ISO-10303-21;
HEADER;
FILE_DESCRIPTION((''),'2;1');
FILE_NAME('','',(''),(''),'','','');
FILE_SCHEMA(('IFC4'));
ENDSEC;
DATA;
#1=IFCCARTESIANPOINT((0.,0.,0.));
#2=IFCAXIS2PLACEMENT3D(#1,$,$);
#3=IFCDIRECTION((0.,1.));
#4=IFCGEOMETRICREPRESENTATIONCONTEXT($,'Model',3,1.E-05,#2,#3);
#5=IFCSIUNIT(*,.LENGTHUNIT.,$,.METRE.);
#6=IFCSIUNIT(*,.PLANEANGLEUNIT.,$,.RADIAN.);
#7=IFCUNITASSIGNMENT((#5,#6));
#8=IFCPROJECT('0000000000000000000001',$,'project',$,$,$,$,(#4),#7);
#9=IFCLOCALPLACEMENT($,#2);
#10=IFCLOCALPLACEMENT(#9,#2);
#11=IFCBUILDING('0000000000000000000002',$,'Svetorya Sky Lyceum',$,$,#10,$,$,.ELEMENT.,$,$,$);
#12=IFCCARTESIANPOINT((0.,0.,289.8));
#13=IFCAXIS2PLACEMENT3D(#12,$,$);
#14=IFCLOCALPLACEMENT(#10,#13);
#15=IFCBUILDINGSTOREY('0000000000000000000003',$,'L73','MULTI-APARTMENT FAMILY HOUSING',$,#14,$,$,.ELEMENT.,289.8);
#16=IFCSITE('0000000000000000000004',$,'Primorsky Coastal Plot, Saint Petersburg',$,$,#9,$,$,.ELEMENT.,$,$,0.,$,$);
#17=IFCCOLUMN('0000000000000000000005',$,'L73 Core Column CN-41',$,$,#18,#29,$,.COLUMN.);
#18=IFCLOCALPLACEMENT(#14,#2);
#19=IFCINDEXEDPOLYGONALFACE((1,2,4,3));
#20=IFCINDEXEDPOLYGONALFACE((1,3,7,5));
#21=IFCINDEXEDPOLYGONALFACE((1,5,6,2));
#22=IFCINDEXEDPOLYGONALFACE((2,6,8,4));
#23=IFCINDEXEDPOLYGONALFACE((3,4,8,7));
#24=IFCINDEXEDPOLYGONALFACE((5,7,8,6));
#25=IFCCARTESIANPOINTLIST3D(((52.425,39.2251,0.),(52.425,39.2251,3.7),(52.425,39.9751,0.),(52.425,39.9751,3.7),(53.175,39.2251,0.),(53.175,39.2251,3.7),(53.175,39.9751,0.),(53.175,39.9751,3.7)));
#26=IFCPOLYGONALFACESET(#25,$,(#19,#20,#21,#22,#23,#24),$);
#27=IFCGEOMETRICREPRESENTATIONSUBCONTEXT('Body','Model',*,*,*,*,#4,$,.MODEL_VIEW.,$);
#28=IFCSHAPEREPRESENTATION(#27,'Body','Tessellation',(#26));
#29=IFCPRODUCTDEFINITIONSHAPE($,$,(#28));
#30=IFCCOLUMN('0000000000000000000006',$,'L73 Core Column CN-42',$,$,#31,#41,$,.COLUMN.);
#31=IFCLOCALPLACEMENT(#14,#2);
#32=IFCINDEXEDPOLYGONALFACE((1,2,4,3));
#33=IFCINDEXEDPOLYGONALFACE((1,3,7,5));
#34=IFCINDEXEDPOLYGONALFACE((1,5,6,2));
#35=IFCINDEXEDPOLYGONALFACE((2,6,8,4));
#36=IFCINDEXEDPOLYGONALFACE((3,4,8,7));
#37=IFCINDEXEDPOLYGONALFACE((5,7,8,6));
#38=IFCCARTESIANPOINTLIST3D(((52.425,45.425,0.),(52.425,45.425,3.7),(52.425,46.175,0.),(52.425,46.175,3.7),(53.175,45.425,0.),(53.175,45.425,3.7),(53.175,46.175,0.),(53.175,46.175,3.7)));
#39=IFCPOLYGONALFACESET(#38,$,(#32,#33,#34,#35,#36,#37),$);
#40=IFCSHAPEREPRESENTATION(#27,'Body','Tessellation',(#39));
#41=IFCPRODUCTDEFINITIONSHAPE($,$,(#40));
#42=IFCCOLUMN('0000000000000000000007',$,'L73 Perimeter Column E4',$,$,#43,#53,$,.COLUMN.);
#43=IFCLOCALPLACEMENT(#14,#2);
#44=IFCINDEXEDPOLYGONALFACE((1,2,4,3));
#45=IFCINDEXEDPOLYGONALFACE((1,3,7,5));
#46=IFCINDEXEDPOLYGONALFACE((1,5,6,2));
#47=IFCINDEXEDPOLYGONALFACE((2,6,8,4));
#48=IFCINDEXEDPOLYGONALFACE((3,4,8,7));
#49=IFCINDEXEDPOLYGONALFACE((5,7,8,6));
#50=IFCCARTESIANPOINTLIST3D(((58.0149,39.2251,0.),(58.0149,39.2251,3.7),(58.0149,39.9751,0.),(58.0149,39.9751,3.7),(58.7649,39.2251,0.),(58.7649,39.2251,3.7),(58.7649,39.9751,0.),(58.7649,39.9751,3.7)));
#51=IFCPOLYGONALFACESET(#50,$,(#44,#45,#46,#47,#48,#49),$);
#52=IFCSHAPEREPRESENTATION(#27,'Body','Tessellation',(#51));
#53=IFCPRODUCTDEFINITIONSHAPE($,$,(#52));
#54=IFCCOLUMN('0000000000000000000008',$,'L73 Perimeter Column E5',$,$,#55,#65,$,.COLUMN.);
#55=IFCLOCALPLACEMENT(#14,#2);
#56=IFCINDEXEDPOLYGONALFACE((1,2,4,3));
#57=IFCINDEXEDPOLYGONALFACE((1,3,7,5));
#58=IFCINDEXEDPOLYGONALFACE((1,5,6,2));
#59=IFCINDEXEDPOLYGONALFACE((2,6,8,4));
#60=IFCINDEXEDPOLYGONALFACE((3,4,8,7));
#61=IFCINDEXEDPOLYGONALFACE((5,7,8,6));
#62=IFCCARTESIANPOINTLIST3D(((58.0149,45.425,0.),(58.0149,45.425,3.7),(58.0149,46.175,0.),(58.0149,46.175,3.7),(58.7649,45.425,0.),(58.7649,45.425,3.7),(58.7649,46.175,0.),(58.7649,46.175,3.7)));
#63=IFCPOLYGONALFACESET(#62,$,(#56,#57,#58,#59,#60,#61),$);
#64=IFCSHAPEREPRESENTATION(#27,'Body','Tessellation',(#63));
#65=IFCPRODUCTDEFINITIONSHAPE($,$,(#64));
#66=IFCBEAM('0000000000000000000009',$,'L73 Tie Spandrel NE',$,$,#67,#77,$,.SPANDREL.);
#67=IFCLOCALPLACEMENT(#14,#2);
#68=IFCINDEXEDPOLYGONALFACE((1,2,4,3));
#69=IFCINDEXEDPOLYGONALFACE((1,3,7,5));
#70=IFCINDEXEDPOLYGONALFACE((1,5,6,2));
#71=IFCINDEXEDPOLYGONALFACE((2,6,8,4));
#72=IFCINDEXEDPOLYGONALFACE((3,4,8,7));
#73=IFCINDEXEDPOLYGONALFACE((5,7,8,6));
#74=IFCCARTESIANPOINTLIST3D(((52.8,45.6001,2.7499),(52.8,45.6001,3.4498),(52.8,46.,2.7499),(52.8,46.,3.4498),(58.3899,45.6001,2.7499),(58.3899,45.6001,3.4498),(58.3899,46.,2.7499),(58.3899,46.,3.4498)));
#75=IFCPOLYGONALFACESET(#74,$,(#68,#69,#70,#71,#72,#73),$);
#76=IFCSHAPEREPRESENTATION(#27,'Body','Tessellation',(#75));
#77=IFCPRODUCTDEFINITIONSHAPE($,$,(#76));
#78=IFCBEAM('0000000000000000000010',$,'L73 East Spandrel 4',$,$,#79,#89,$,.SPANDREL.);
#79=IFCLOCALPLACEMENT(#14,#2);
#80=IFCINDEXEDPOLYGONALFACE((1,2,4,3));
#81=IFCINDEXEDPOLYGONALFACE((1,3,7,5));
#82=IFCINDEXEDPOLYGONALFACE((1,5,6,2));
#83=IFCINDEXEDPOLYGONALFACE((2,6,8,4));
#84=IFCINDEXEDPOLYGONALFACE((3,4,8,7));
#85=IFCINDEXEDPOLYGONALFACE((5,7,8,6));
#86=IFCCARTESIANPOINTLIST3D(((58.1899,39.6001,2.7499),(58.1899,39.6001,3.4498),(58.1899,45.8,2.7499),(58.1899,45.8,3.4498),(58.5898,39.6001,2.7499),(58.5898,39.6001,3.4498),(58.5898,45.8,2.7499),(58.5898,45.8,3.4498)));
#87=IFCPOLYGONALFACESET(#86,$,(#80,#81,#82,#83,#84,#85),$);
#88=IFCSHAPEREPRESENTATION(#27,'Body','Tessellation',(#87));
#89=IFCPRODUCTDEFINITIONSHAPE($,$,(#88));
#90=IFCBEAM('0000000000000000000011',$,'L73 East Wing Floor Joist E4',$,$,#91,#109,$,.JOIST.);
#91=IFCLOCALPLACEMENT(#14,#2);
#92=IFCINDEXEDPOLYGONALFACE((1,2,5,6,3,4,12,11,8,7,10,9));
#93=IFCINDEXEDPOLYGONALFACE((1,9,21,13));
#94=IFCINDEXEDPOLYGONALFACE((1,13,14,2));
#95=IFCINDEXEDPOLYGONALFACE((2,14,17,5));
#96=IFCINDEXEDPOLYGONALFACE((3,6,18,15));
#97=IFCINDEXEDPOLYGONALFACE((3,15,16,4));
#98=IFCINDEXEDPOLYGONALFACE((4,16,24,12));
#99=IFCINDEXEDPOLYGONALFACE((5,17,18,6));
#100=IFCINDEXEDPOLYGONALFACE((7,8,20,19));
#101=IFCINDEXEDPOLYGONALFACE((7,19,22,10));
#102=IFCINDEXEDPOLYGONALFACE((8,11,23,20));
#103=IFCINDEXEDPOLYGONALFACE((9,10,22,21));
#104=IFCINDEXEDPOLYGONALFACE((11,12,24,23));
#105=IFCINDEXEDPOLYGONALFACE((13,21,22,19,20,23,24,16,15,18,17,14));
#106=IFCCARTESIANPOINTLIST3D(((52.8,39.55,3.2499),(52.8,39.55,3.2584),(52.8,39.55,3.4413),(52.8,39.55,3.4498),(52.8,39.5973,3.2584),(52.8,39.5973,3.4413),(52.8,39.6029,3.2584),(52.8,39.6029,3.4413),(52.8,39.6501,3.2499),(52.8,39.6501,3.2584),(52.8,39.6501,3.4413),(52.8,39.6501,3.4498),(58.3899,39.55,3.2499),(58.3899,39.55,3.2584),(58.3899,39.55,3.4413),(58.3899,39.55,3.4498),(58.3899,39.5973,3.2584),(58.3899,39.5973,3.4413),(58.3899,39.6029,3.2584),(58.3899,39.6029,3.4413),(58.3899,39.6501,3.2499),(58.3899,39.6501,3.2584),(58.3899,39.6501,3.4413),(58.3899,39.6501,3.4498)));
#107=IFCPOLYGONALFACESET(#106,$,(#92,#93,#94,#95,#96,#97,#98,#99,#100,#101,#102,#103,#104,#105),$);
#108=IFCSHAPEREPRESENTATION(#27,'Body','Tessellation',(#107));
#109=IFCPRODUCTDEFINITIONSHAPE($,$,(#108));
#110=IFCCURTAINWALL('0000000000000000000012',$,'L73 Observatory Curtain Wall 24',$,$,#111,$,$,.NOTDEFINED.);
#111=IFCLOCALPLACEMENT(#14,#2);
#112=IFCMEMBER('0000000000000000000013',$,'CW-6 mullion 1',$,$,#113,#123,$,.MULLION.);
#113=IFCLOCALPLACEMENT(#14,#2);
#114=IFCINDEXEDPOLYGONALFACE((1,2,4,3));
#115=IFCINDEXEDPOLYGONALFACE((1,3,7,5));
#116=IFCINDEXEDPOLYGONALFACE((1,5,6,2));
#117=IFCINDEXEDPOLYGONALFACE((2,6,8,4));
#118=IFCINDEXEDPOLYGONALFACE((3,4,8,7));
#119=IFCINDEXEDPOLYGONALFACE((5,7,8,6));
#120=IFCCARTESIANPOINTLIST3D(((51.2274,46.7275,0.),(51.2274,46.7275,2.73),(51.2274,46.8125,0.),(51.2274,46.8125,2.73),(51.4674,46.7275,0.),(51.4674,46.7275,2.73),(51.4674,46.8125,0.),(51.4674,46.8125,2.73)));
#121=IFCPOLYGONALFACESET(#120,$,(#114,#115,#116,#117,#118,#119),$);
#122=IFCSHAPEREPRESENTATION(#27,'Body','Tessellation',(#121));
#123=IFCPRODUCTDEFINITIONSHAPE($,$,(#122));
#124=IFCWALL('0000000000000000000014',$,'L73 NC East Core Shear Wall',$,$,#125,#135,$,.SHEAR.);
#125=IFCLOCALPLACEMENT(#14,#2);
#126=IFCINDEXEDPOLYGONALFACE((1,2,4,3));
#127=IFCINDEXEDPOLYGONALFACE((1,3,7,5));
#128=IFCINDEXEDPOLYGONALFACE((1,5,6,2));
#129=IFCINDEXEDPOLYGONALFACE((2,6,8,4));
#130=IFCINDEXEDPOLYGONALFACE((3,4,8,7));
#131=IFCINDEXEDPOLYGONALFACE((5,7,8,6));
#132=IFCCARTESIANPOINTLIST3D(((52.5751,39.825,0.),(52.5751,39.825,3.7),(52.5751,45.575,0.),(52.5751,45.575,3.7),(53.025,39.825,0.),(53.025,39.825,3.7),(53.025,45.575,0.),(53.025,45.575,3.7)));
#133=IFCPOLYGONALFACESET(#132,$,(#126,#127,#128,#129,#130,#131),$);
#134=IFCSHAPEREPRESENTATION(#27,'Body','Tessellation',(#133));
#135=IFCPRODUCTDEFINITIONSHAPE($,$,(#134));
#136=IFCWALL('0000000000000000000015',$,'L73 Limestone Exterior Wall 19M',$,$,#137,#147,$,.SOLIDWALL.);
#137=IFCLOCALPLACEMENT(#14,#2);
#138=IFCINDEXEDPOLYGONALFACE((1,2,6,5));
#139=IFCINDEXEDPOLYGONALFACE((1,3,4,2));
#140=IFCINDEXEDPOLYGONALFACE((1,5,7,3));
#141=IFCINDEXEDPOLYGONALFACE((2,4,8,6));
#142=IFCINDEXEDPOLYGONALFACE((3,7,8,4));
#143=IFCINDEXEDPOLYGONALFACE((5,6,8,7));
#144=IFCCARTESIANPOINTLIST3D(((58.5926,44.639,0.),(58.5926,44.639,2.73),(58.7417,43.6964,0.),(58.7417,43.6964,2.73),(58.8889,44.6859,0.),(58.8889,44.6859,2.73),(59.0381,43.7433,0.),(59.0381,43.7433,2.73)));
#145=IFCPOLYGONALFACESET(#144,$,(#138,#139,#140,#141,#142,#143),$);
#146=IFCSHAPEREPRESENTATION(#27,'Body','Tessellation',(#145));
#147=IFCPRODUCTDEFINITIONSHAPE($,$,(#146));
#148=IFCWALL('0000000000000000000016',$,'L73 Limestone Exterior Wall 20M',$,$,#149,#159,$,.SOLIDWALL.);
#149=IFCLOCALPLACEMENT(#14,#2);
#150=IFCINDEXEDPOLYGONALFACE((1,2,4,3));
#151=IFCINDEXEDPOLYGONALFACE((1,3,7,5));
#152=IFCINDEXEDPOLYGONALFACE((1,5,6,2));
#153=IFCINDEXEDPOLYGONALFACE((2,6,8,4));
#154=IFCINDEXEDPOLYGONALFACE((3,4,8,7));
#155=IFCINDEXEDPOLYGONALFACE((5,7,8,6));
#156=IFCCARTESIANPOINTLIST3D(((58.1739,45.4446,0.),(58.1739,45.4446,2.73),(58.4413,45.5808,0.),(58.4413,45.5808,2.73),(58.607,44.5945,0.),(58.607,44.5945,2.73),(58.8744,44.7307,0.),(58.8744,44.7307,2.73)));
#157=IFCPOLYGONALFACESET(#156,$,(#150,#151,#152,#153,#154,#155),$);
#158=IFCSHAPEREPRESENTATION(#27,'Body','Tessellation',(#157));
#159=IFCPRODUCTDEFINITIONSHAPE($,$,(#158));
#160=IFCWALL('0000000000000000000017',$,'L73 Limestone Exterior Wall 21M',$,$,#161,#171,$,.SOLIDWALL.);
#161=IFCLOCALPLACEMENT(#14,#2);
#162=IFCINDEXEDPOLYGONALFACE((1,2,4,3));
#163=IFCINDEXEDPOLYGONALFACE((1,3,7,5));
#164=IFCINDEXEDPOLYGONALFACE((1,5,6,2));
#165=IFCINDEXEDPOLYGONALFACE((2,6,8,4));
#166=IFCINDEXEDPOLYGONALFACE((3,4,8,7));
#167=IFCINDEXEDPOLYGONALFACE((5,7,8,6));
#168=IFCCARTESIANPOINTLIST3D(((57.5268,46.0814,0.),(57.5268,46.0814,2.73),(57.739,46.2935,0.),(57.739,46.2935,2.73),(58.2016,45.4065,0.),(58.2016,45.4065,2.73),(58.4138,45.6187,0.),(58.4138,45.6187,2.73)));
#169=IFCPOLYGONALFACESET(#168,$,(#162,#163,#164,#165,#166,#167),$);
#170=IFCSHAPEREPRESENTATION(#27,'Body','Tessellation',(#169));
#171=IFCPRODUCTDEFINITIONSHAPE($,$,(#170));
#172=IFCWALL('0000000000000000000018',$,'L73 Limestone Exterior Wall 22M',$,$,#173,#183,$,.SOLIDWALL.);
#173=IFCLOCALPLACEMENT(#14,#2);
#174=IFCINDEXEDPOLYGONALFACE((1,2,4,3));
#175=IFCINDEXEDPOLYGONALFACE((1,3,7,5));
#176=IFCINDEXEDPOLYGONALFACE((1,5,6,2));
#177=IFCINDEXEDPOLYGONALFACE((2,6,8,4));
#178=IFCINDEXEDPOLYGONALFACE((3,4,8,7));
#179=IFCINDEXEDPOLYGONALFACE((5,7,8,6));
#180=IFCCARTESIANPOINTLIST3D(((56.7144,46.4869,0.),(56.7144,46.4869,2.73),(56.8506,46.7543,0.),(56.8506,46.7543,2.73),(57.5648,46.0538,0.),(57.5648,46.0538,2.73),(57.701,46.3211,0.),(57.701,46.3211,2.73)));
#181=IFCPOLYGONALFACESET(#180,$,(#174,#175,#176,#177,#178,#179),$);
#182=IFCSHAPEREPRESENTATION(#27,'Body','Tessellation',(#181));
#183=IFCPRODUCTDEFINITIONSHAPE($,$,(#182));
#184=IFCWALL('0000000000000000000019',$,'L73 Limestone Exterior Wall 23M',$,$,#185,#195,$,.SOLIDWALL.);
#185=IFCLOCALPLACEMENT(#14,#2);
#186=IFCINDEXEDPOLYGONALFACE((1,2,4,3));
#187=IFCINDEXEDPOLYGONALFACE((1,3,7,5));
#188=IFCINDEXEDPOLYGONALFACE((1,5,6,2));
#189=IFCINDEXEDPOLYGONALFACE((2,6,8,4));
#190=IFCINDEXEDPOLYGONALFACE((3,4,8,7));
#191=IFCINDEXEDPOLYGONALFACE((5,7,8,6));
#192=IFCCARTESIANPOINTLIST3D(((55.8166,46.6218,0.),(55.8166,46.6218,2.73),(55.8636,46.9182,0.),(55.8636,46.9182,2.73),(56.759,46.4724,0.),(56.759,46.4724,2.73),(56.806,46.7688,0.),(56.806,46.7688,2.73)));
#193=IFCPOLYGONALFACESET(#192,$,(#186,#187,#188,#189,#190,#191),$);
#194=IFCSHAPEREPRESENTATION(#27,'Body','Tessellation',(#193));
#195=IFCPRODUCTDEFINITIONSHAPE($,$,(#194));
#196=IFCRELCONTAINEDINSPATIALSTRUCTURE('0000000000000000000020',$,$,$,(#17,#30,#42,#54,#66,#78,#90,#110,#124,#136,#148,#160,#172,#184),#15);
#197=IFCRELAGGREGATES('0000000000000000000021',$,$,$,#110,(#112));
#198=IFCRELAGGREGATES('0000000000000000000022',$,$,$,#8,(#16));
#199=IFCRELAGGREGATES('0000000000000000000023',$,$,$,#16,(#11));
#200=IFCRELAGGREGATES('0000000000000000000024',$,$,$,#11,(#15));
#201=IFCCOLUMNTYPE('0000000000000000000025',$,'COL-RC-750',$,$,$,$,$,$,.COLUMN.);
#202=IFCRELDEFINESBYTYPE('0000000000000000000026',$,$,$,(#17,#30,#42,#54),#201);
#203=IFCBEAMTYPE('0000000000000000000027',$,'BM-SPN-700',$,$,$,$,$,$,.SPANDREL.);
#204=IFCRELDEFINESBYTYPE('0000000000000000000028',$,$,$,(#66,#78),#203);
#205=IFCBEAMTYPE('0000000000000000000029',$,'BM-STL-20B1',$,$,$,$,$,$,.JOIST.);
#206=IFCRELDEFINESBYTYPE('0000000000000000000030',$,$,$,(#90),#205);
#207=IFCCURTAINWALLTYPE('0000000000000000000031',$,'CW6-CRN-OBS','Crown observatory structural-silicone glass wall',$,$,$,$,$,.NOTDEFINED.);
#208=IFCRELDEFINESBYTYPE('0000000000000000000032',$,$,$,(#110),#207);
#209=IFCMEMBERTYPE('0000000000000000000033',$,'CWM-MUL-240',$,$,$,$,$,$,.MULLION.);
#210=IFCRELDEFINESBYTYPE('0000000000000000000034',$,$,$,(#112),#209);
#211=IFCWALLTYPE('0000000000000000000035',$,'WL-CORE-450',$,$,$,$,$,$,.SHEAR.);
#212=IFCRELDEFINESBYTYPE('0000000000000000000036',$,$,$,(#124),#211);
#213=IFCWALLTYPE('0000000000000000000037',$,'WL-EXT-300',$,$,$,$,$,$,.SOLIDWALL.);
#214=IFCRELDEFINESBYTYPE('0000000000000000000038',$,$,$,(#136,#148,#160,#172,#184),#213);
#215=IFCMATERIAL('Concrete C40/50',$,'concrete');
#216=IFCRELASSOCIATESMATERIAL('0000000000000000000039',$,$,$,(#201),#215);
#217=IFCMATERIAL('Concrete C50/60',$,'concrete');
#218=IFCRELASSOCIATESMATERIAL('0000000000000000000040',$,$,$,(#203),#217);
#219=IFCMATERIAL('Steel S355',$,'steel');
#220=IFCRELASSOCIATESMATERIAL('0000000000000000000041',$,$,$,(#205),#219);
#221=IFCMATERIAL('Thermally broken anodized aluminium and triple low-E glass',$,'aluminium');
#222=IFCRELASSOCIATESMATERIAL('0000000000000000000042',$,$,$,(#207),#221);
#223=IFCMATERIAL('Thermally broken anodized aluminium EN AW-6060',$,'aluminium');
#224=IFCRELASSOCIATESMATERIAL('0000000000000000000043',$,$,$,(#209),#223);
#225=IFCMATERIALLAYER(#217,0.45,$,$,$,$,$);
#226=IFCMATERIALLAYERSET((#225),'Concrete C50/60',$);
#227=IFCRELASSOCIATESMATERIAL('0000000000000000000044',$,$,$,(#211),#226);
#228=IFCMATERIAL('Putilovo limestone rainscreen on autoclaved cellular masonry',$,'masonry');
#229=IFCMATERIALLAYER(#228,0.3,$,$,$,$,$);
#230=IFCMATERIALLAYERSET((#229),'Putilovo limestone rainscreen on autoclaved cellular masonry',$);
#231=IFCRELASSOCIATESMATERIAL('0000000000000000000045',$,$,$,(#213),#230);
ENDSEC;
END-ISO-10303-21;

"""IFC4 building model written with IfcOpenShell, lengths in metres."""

from ifc_helpers import new_model, si_unit, direction, frame, frame_2d, origin, origin_2d, place, context, subcontext, project, spatial, rectangle, i_section, extrude, material, layer, layer_set, material_profile, profile_set, type_object, element, aggregate, save


model = new_model("IFC4")

# Units and contexts
model_context = context("Model", 3, precision=1e-05, world=origin(), true_north=direction((0.0, 1.0)))
body_context = subcontext(model_context, "Body", "Model", "MODEL_VIEW")
ifc_project = project(units=[si_unit("LENGTHUNIT", "METRE"), si_unit("PLANEANGLEUNIT", "RADIAN")], contexts=[model_context])

# Site, building, storey
site_placement = place(None, origin())
site = spatial("IfcSite", under=ifc_project, at=site_placement, Name="Primorsky Coastal Plot, Saint Petersburg", CompositionType="ELEMENT", RefElevation=0.0)
building_placement = place(site_placement, origin())
building = spatial("IfcBuilding", under=site, at=building_placement, Name="Svetorya Sky Lyceum", CompositionType="ELEMENT")
storey_placement = place(building_placement, frame((0.0, 0.0, 289.8)))
storey = spatial("IfcBuildingStorey", under=building, at=storey_placement, Name="L73", Description="MULTI-APARTMENT FAMILY HOUSING", CompositionType="ELEMENT", Elevation=289.8)

# Columns
ifc_material_1 = material(Name="Concrete C40/50", Category="concrete")
ifc_material_profile_1 = material_profile(ifc_material_1, rectangle(XDim=0.75, YDim=0.75, at=origin_2d()), Name="RC COL 750x750")
ifc_profile_set_1 = profile_set([ifc_material_profile_1], Name="Concrete C40/50")
column_type = type_object("IfcColumnType", Name="COL-RC-750", PredefinedType="COLUMN", material=ifc_profile_set_1)
for number, where, z_axis, x_axis, name in (
    (1, (52.8, 39.6001, 0.0), (0.0, 0.0, 1.0), (1.0, 0.0, 0.0), "L73 Core Column CN-41"),
    (2, (52.8, 45.8, 0.0), (0.0, 0.0, 1.0), (1.0, 0.0, 0.0), "L73 Core Column CN-42"),
    (3, (58.3899, 39.6001, 0.0), (0.0, 0.0, 1.0), (1.0, 0.0, 0.0), "L73 Perimeter Column E4"),
    (4, (58.3899, 45.8, 0.0), (0.0, 0.0, 1.0), (1.0, 0.0, 0.0), "L73 Perimeter Column E5"),
):
    element("IfcColumn", number, at=place(storey_placement, frame(where, z_axis=z_axis, x_axis=x_axis)), inside=storey, type_object=column_type, Name=name, PredefinedType="COLUMN", context=body_context, shape_type="SweptSolid", body=[
        extrude(rectangle(XDim=0.75, YDim=0.75, at=origin_2d()), origin(), (0.0, 0.0, 1.0), 3.7),
    ])

# Beams
ifc_material_2 = material(Name="Concrete C50/60", Category="concrete")
ifc_material_profile_2 = material_profile(ifc_material_2, rectangle(XDim=0.3999, YDim=0.7, at=origin_2d()), Name="RC SPANDREL 400x700")
ifc_profile_set_2 = profile_set([ifc_material_profile_2], Name="Concrete C50/60")
beam_type_1 = type_object("IfcBeamType", Name="BM-SPN-700", PredefinedType="SPANDREL", material=ifc_profile_set_2)
beam_1_placement = place(storey_placement, frame((52.8, 45.8, 3.0999), z_axis=(1.0, 0.0, 0.0), x_axis=(0.0, 1.0, 0.0)))
element("IfcBeam", 5, at=beam_1_placement, inside=storey, type_object=beam_type_1, Name="L73 Tie Spandrel NE", PredefinedType="SPANDREL", context=body_context, shape_type="SweptSolid", body=[
    extrude(rectangle(XDim=0.3999, YDim=0.7, at=origin_2d()), origin(), (0.0, 0.0, 1.0), 5.5898),
])
beam_2_placement = place(storey_placement, frame((58.3899, 39.6001, 3.0999), z_axis=(0.0, 1.0, 0.0), x_axis=(-1.0, 0.0, 0.0)))
element("IfcBeam", 6, at=beam_2_placement, inside=storey, type_object=beam_type_1, Name="L73 East Spandrel 4", PredefinedType="SPANDREL", context=body_context, shape_type="SweptSolid", body=[
    extrude(rectangle(XDim=0.3999, YDim=0.7, at=origin_2d()), origin(), (0.0, 0.0, 1.0), 6.2),
])
ifc_material_3 = material(Name="Steel S355", Category="steel")
ifc_material_profile_3 = material_profile(ifc_material_3, i_section(OverallWidth=0.1001, OverallDepth=0.2, WebThickness=0.0056, FlangeThickness=0.0085, at=origin_2d()), Name="GOST 20B1")
ifc_profile_set_3 = profile_set([ifc_material_profile_3], Name="Steel S355")
beam_type_2 = type_object("IfcBeamType", Name="BM-STL-20B1", PredefinedType="JOIST", material=ifc_profile_set_3)
beam_3_placement = place(storey_placement, frame((52.8, 39.6001, 3.3499), z_axis=(1.0, 0.0, 0.0), x_axis=(0.0, 1.0, 0.0)))
element("IfcBeam", 7, at=beam_3_placement, inside=storey, type_object=beam_type_2, Name="L73 East Wing Floor Joist E4", PredefinedType="JOIST", context=body_context, shape_type="SweptSolid", body=[
    extrude(i_section(OverallWidth=0.1001, OverallDepth=0.2, WebThickness=0.0056, FlangeThickness=0.0085, at=origin_2d()), origin(), (0.0, 0.0, 1.0), 5.5898),
])

# Curtain wall, member
ifc_material_4 = material(Name="Thermally broken anodized aluminium and triple low-E glass", Category="aluminium")
curtain_wall_type = type_object("IfcCurtainWallType", Name="CW6-CRN-OBS", Description="Crown observatory structural-silicone glass wall", PredefinedType="NOTDEFINED", material=ifc_material_4)
curtain_wall_placement = place(storey_placement, origin())
curtain_wall = element("IfcCurtainWall", 8, at=curtain_wall_placement, inside=storey, type_object=curtain_wall_type, Name="L73 Observatory Curtain Wall 24", PredefinedType="NOTDEFINED")
ifc_material_5 = material(Name="Thermally broken anodized aluminium EN AW-6060", Category="aluminium")
ifc_material_profile_4 = material_profile(ifc_material_5, rectangle(XDim=0.085, YDim=0.24, at=origin_2d()), Name="ALU MULLION 85x240")
ifc_profile_set_4 = profile_set([ifc_material_profile_4], Name="Thermally broken anodized aluminium EN AW-6060")
member_type = type_object("IfcMemberType", Name="CWM-MUL-240", PredefinedType="MULLION", material=ifc_profile_set_4)
member_placement = place(storey_placement, frame((51.3474, 46.77, 0.0), z_axis=(0.0, 0.0, 1.0), x_axis=(0.0, -1.0, 0.0)))
member = element("IfcMember", 9, at=member_placement, type_object=member_type, Name="CW-6 mullion 1", PredefinedType="MULLION", context=body_context, shape_type="SweptSolid", body=[
    extrude(rectangle(XDim=0.085, YDim=0.24, at=origin_2d()), origin(), (0.0, 0.0, 1.0), 2.73),
])
aggregate(curtain_wall, [member])

# Walls
ifc_layer_1 = layer(ifc_material_2, 0.45)
ifc_layer_set_1 = layer_set([ifc_layer_1], Name="Concrete C50/60")
wall_type_1 = type_object("IfcWallType", Name="WL-CORE-450", PredefinedType="SHEAR", material=ifc_layer_set_1)
wall_1_placement = place(storey_placement, frame((52.8, 39.825, 0.0), z_axis=(0.0, 0.0, 1.0), x_axis=(0.0, 1.0, 0.0)))
element("IfcWall", 10, at=wall_1_placement, inside=storey, type_object=wall_type_1, Name="L73 NC East Core Shear Wall", PredefinedType="SHEAR", context=body_context, shape_type="SweptSolid", body=[
    extrude(rectangle(XDim=5.75, YDim=0.45, at=frame_2d((2.875, 0.0))), origin(), (0.0, 0.0, 1.0), 3.7),
])
ifc_material_6 = material(Name="Putilovo limestone rainscreen on autoclaved cellular masonry", Category="masonry")
ifc_layer_2 = layer(ifc_material_6, 0.3)
ifc_layer_set_2 = layer_set([ifc_layer_2], Name="Putilovo limestone rainscreen on autoclaved cellular masonry")
wall_type_2 = type_object("IfcWallType", Name="WL-EXT-300", PredefinedType="SOLIDWALL", material=ifc_layer_set_2)
wall_2_placement = place(storey_placement, frame((58.8899, 43.72, 0.0), z_axis=(0.0, 0.0, 1.0), x_axis=(-0.156304, 0.987709, 0.0)))
element("IfcWall", 11, at=wall_2_placement, inside=storey, type_object=wall_type_2, Name="L73 Limestone Exterior Wall 19M", PredefinedType="SOLIDWALL", context=body_context, shape_type="SweptSolid", body=[
    extrude(rectangle(XDim=0.9543, YDim=0.3, at=frame_2d((0.4771, 0.0))), origin(), (0.0, 0.0, 1.0), 2.73),
])
wall_3_placement = place(storey_placement, frame((58.7407, 44.6626, 0.0), z_axis=(0.0, 0.0, 1.0), x_axis=(-0.453956, 0.891024, 0.0)))
element("IfcWall", 12, at=wall_3_placement, inside=storey, type_object=wall_type_2, Name="L73 Limestone Exterior Wall 20M", PredefinedType="SOLIDWALL", context=body_context, shape_type="SweptSolid", body=[
    extrude(rectangle(XDim=0.9541, YDim=0.3, at=frame_2d((0.4771, 0.0))), origin(), (0.0, 0.0, 1.0), 2.73),
])
for number, where, z_axis, x_axis, name in (
    (13, (58.3076, 45.5127, 0.0), (0.0, 0.0, 1.0), (-0.707107, 0.707107, 0.0), "L73 Limestone Exterior Wall 21M"),
    (14, (57.6328, 46.1875, 0.0), (0.0, 0.0, 1.0), (-0.891077, 0.453853, 0.0), "L73 Limestone Exterior Wall 22M"),
):
    element("IfcWall", number, at=place(storey_placement, frame(where, z_axis=z_axis, x_axis=x_axis)), inside=storey, type_object=wall_type_2, Name=name, PredefinedType="SOLIDWALL", context=body_context, shape_type="SweptSolid", body=[
        extrude(rectangle(XDim=0.9543, YDim=0.3, at=frame_2d((0.4771, 0.0))), origin(), (0.0, 0.0, 1.0), 2.73),
    ])
wall_4_placement = place(storey_placement, frame((56.7825, 46.6206, 0.0), z_axis=(0.0, 0.0, 1.0), x_axis=(-0.987663, 0.156593, 0.0)))
element("IfcWall", 15, at=wall_4_placement, inside=storey, type_object=wall_type_2, Name="L73 Limestone Exterior Wall 23M", PredefinedType="SOLIDWALL", context=body_context, shape_type="SweptSolid", body=[
    extrude(rectangle(XDim=0.9541, YDim=0.3, at=frame_2d((0.4771, 0.0))), origin(), (0.0, 0.0, 1.0), 2.73),
])

save(model, "model.ifc")
